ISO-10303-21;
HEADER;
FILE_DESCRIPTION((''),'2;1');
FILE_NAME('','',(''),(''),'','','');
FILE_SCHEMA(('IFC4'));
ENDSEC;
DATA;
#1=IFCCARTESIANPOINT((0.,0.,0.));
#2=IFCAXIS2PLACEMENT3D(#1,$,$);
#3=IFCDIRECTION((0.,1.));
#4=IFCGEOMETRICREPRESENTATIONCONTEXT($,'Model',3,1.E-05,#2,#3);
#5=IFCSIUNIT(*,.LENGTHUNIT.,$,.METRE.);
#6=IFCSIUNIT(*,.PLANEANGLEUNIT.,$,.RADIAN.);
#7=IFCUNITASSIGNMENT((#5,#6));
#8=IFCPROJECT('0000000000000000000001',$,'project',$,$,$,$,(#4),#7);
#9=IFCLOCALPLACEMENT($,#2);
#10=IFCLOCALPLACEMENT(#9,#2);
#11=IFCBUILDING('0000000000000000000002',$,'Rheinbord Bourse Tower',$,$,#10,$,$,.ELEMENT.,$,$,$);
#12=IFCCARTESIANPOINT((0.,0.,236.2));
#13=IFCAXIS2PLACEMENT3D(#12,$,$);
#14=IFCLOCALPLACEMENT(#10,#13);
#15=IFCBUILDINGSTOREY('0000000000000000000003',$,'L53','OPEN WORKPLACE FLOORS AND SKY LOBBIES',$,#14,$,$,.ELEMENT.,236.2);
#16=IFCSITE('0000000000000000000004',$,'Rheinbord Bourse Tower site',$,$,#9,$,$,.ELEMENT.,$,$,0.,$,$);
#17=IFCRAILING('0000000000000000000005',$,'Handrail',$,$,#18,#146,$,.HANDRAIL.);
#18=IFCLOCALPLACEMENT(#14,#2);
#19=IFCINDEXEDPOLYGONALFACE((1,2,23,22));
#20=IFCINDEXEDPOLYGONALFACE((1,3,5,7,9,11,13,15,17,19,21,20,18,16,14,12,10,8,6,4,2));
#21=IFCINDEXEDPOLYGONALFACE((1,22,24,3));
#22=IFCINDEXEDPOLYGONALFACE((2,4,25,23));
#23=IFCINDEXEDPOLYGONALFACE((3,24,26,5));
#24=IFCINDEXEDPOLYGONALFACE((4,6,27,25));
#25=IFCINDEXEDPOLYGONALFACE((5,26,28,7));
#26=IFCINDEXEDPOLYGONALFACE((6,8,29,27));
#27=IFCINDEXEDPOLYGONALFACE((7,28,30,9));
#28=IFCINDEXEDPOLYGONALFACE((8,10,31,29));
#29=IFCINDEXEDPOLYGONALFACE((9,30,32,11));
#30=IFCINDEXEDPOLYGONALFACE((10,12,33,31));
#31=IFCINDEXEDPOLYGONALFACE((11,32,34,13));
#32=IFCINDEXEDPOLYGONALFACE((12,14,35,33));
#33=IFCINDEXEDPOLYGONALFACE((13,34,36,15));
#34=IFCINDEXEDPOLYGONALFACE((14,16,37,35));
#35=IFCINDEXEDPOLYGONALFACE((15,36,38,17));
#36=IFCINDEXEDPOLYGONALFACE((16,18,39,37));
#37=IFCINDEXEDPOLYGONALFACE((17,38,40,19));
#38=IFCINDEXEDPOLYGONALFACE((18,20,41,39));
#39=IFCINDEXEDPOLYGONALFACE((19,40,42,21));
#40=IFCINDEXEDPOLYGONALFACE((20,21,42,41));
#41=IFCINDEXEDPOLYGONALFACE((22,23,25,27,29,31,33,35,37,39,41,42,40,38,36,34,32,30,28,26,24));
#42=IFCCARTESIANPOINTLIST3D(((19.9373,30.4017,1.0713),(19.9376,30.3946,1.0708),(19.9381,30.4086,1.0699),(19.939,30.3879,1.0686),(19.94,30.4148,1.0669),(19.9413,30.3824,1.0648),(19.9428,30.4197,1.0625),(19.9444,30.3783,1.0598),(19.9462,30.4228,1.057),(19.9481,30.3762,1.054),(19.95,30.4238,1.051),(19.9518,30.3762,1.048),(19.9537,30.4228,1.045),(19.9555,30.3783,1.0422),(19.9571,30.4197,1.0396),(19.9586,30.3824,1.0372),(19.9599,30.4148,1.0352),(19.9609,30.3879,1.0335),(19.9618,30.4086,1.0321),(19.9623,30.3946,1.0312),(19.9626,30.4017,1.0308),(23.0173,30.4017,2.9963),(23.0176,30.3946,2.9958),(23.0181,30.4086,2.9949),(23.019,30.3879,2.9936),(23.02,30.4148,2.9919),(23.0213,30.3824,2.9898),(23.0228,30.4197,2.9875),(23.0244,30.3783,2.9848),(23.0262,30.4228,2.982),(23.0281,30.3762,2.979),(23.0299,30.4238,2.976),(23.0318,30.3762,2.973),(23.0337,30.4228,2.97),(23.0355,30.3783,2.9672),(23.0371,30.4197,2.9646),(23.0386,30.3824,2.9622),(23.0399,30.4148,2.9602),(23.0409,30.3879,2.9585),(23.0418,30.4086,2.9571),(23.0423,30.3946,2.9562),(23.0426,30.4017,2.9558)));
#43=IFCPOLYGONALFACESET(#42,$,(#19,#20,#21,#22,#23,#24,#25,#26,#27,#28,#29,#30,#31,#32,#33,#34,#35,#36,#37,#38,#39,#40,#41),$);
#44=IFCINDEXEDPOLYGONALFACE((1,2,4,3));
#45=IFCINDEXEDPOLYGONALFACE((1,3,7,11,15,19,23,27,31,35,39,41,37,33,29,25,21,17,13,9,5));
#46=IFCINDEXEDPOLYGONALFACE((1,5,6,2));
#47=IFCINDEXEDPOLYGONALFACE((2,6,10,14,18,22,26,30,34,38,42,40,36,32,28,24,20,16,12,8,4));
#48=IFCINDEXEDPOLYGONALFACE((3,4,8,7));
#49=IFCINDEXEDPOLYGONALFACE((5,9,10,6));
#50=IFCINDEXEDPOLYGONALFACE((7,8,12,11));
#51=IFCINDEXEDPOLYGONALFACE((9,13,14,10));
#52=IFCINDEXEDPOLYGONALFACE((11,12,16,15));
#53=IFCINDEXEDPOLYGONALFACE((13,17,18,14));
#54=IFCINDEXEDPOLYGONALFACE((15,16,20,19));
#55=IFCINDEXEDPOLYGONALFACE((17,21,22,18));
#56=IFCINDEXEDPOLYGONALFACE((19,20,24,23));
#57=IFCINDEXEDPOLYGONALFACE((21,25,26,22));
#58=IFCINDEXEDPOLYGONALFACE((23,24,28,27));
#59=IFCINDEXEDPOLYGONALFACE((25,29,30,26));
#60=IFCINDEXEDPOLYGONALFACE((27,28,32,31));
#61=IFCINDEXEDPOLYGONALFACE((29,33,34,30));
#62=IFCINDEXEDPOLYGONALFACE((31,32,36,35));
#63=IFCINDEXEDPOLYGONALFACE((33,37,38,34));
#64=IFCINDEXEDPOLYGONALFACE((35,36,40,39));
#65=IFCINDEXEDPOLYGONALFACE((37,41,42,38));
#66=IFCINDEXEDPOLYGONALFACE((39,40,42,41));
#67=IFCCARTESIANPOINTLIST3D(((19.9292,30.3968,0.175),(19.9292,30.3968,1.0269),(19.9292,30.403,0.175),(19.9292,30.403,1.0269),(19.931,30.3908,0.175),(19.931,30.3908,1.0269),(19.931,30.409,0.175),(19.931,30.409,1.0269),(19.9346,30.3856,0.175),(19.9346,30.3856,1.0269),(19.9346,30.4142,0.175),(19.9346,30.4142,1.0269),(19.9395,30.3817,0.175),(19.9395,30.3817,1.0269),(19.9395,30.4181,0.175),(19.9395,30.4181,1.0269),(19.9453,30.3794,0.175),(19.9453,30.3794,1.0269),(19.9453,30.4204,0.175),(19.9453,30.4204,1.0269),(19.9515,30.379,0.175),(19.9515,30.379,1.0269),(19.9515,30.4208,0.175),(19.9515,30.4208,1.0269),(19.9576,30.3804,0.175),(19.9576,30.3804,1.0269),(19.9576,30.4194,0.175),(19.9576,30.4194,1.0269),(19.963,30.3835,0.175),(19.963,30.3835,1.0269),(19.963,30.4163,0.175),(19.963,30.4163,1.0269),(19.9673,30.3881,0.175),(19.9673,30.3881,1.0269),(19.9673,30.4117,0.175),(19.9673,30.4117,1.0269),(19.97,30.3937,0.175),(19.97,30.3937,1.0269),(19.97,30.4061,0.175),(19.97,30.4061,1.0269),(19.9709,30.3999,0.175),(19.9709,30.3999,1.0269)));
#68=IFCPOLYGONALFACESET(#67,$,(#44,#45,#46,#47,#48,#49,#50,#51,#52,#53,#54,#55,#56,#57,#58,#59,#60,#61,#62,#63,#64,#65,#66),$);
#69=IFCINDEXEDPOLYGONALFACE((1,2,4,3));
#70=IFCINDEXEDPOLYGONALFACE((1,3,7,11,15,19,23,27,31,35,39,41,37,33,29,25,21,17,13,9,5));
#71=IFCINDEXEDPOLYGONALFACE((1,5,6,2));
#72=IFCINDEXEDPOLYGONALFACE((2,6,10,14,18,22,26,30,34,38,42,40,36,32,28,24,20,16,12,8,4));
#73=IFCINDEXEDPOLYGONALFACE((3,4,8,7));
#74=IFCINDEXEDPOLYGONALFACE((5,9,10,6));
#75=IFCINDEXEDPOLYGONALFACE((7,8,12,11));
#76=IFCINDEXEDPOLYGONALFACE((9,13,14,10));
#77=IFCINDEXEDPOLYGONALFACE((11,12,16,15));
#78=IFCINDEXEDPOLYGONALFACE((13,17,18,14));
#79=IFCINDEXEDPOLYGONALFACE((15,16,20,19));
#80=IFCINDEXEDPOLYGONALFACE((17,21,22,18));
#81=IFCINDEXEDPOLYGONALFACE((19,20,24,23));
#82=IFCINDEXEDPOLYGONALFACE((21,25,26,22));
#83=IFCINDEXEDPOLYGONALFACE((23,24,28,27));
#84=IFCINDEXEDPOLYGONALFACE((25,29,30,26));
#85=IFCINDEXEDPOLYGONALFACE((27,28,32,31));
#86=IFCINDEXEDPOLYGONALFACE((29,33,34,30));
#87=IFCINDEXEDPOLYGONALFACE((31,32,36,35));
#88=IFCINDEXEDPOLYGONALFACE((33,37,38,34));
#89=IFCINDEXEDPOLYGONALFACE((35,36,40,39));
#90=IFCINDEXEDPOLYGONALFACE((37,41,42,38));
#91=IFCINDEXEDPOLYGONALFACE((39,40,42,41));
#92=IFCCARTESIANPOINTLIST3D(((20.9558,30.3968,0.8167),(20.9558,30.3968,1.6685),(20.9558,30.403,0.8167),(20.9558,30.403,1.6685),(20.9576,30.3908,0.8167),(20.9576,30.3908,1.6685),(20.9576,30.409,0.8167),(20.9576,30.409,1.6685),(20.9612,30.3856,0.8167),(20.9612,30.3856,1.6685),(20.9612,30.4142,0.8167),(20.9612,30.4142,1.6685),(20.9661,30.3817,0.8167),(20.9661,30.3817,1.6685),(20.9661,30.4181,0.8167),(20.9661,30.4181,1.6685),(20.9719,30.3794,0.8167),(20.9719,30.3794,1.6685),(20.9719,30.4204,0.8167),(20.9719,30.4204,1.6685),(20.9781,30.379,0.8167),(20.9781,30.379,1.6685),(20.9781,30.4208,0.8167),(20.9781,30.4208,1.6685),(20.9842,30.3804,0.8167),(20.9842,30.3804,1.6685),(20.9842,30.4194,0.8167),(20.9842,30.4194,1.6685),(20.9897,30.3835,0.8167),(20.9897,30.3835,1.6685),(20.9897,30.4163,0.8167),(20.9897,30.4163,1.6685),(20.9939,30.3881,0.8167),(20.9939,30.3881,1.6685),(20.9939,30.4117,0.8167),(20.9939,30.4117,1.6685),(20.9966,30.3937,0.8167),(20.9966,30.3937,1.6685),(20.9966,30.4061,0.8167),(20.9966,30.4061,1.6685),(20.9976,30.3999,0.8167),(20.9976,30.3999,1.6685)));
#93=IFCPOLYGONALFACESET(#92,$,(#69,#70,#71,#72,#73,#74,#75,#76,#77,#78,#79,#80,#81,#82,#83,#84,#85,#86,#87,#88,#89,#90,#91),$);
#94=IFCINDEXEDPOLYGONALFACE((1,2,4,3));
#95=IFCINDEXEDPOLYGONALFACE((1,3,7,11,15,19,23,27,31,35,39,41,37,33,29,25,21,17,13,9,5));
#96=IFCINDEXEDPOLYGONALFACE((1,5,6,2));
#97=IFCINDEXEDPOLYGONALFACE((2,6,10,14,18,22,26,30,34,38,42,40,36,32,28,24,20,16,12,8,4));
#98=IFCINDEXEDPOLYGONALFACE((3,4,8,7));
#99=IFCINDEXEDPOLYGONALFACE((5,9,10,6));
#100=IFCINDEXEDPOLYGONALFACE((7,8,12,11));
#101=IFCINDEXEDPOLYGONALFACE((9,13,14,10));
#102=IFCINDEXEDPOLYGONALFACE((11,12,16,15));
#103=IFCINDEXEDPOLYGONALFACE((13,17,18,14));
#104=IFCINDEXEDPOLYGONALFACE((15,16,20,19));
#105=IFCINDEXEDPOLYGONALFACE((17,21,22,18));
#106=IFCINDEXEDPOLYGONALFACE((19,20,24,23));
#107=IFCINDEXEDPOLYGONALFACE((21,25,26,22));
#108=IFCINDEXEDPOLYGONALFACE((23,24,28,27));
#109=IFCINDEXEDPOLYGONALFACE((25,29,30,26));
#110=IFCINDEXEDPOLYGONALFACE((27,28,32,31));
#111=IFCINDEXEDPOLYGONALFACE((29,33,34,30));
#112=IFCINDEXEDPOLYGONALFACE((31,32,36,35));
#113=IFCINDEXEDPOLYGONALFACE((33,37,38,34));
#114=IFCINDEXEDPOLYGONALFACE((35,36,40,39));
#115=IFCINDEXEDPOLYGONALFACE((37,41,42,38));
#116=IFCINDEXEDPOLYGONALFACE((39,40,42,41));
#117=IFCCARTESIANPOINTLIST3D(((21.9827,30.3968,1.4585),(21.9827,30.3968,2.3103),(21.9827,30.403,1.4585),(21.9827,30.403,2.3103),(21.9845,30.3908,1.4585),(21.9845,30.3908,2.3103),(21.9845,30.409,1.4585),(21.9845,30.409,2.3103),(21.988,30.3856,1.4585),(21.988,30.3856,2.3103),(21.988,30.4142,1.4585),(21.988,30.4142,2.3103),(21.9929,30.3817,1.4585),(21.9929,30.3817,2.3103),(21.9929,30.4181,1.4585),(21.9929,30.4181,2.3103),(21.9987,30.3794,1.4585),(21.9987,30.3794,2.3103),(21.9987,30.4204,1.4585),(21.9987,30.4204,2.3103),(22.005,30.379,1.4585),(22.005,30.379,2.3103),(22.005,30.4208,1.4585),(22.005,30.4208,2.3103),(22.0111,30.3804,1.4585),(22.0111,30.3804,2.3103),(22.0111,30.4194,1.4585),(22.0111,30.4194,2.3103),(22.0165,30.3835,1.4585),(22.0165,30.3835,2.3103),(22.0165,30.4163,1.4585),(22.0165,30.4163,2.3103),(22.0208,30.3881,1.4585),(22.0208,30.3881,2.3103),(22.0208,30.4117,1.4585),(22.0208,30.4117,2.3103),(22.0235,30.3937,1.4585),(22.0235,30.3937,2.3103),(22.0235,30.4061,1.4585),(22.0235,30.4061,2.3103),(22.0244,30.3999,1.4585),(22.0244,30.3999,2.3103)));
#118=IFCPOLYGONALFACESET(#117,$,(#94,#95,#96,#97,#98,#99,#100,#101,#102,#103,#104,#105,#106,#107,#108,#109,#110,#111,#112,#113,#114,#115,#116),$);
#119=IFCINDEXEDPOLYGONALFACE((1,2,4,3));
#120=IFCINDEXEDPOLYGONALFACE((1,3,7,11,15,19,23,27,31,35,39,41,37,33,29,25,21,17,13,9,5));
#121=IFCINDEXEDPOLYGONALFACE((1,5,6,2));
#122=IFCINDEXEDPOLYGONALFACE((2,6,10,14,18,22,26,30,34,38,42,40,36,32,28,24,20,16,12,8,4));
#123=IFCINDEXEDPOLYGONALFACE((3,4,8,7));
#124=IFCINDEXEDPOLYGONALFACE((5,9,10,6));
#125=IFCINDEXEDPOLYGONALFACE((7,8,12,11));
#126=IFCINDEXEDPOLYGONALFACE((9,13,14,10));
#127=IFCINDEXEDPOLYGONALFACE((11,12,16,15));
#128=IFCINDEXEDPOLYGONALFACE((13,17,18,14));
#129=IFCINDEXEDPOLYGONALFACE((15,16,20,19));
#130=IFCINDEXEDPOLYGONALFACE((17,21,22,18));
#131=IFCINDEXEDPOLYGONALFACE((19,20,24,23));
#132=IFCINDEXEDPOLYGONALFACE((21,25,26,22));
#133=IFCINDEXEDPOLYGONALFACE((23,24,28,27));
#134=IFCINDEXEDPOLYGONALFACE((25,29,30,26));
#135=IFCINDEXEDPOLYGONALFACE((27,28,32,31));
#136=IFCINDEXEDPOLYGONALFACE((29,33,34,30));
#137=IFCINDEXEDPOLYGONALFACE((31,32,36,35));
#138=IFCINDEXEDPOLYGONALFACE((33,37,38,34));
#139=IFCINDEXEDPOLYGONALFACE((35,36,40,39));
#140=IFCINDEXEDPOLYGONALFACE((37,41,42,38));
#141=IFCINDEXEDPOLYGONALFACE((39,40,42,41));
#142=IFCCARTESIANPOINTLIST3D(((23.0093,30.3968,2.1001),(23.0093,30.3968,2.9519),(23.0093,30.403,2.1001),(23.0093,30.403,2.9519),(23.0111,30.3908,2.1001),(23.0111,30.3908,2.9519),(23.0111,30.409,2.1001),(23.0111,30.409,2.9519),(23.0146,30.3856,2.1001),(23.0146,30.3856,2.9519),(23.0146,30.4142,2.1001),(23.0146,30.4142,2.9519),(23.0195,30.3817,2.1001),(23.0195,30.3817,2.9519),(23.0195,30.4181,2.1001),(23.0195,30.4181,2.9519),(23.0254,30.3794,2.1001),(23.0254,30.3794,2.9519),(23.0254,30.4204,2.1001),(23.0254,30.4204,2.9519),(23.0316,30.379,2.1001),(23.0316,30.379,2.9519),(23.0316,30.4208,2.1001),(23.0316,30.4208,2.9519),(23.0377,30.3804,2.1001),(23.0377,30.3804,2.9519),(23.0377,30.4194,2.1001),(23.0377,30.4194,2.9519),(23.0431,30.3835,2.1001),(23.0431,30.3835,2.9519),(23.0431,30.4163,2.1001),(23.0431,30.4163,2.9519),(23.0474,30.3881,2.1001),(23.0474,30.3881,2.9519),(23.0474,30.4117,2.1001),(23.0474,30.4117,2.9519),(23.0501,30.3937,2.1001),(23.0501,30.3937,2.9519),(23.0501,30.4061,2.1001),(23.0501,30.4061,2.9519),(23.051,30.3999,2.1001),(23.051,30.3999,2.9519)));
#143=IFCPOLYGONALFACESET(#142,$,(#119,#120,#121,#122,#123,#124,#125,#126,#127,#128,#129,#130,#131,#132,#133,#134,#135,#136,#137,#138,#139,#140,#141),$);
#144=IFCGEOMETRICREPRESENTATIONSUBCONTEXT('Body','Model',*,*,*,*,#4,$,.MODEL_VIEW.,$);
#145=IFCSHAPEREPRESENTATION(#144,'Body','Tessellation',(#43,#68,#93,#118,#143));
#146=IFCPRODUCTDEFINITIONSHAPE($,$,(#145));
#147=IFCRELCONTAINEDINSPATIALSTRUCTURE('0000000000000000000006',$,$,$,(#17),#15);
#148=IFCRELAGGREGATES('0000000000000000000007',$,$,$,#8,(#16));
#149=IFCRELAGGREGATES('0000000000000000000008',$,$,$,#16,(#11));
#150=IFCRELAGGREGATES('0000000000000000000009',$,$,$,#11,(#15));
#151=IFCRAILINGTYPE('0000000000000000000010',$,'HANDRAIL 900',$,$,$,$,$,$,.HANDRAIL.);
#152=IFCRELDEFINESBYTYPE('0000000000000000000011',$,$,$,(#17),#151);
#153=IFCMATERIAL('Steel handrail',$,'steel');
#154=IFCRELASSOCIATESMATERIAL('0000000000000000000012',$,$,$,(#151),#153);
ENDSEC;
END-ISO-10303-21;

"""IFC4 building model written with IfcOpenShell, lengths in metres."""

from ifc_helpers import new_model, si_unit, direction, frame, origin, origin_2d, place, context, subcontext, project, spatial, circle, extrude, material, type_object, element, save


model = new_model("IFC4")

# Units and contexts
model_context = context("Model", 3, precision=1e-05, world=origin(), true_north=direction((0.0, 1.0)))
body_context = subcontext(model_context, "Body", "Model", "MODEL_VIEW")
ifc_project = project(units=[si_unit("LENGTHUNIT", "METRE"), si_unit("PLANEANGLEUNIT", "RADIAN")], contexts=[model_context])

# Site, building, storey
site_placement = place(None, origin())
site = spatial("IfcSite", under=ifc_project, at=site_placement, Name="Rheinbord Bourse Tower site", CompositionType="ELEMENT", RefElevation=0.0)
building_placement = place(site_placement, origin())
building = spatial("IfcBuilding", under=site, at=building_placement, Name="Rheinbord Bourse Tower", CompositionType="ELEMENT")
storey_placement = place(building_placement, frame((0.0, 0.0, 236.2)))
storey = spatial("IfcBuildingStorey", under=building, at=storey_placement, Name="L53", Description="OPEN WORKPLACE FLOORS AND SKY LOBBIES", CompositionType="ELEMENT", Elevation=236.2)

# Railing
ifc_material_1 = material(Name="Steel handrail", Category="steel")
railing_type = type_object("IfcRailingType", Name="HANDRAIL 900", PredefinedType="HANDRAIL", material=ifc_material_1)
railing_1_placement = place(storey_placement, frame((19.95, 30.3999, 0.175)))
element("IfcRailing", 1, at=railing_1_placement, inside=storey, type_object=railing_type, Name="Handrail", PredefinedType="HANDRAIL", context=body_context, shape_type="SweptSolid", body=[
    extrude(circle(Radius=0.0239, at=origin_2d()), frame((0.0, 0.0, 0.876), z_axis=(0.847998, 0.0, 0.529999), x_axis=(0.0, 1.0, 0.0)), (0.0, 0.0, 1.0), 3.6321),
    extrude(circle(Radius=0.021, at=origin_2d()), origin(), (0.0, 0.0, 1.0), 0.8518),
    extrude(circle(Radius=0.021, at=origin_2d()), frame((1.0266, 0.0, 0.6416)), (0.0, 0.0, 1.0), 0.8518),
    extrude(circle(Radius=0.021, at=origin_2d()), frame((2.0535, 0.0, 1.2834)), (0.0, 0.0, 1.0), 0.8518),
    extrude(circle(Radius=0.021, at=origin_2d()), frame((3.0801, 0.0, 1.925)), (0.0, 0.0, 1.0), 0.8518),
])

save(model, "model.ifc")
